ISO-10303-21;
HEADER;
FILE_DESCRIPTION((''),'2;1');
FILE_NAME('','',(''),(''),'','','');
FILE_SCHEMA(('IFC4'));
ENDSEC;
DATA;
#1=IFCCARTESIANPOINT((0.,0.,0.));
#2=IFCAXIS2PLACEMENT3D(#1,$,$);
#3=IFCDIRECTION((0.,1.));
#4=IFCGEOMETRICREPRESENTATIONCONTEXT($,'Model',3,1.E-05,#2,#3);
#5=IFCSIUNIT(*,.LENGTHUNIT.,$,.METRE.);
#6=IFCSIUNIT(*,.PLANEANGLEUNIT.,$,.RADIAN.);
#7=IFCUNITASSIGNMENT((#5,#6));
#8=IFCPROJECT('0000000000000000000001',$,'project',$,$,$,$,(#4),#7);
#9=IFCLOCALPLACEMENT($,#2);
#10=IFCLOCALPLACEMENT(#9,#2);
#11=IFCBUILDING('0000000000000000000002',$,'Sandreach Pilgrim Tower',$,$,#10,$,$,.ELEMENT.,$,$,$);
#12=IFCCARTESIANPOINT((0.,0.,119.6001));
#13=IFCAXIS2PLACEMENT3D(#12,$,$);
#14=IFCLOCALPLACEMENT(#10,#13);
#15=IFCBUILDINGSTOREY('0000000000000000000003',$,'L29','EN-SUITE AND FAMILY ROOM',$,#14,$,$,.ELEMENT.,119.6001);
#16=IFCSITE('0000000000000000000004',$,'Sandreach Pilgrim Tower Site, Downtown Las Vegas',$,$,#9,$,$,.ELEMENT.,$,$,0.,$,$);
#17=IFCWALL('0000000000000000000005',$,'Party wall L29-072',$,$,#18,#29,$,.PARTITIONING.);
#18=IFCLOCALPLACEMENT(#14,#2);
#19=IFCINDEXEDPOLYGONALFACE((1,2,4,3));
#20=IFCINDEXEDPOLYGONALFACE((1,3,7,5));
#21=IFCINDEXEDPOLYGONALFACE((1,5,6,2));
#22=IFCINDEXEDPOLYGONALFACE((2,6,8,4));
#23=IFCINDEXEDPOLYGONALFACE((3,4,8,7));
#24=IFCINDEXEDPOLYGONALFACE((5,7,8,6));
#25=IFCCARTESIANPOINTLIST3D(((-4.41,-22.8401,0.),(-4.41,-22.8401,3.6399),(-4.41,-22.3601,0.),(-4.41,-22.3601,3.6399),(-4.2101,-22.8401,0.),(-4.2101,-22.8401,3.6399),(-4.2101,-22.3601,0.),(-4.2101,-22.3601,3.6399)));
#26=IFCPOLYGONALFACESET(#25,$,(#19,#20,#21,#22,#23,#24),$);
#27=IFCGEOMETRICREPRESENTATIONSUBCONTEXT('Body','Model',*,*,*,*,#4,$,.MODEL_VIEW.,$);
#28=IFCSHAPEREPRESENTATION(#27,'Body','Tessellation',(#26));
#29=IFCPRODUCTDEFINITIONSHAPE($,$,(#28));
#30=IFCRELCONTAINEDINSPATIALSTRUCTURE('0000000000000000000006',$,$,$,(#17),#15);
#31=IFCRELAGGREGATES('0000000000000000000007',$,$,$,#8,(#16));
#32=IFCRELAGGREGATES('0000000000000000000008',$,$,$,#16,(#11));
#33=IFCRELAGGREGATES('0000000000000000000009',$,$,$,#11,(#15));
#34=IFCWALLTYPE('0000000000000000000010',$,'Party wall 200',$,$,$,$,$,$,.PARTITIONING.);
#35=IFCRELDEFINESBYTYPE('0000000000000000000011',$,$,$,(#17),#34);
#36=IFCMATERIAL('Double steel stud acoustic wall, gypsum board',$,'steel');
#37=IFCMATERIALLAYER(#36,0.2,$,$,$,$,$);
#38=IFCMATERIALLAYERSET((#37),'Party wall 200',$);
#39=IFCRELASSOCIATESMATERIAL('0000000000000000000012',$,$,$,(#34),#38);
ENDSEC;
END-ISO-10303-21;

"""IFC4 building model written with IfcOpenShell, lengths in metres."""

from ifc_helpers import new_model, si_unit, direction, frame, frame_2d, origin, place, context, subcontext, project, spatial, rectangle, extrude, material, layer, layer_set, type_object, element, save


model = new_model("IFC4")

# Units and contexts
model_context = context("Model", 3, precision=1e-05, world=origin(), true_north=direction((0.0, 1.0)))
body_context = subcontext(model_context, "Body", "Model", "MODEL_VIEW")
ifc_project = project(units=[si_unit("LENGTHUNIT", "METRE"), si_unit("PLANEANGLEUNIT", "RADIAN")], contexts=[model_context])

# Site, building, storey
site_placement = place(None, origin())
site = spatial("IfcSite", under=ifc_project, at=site_placement, Name="Sandreach Pilgrim Tower Site, Downtown Las Vegas", CompositionType="ELEMENT", RefElevation=0.0)
building_placement = place(site_placement, origin())
building = spatial("IfcBuilding", under=site, at=building_placement, Name="Sandreach Pilgrim Tower", CompositionType="ELEMENT")
storey_placement = place(building_placement, frame((0.0, 0.0, 119.6001)))
storey = spatial("IfcBuildingStorey", under=building, at=storey_placement, Name="L29", Description="EN-SUITE AND FAMILY ROOM", CompositionType="ELEMENT", Elevation=119.6001)

# Wall
ifc_material_1 = material(Name="Double steel stud acoustic wall, gypsum board", Category="steel")
ifc_layer_1 = layer(ifc_material_1, 0.2)
ifc_layer_set_1 = layer_set([ifc_layer_1], Name="Party wall 200")
wall_type_1 = type_object("IfcWallType", Name="Party wall 200", PredefinedType="PARTITIONING", material=ifc_layer_set_1)
wall_1_placement = place(storey_placement, frame((-4.3101, -22.8401, 0.0), z_axis=(0.0, 0.0, 1.0), x_axis=(0.0, 1.0, 0.0)))
element("IfcWall", 1, at=wall_1_placement, inside=storey, type_object=wall_type_1, Name="Party wall L29-072", PredefinedType="PARTITIONING", context=body_context, shape_type="SweptSolid", body=[
    extrude(rectangle(XDim=0.48, YDim=0.2, at=frame_2d((0.24, 0.0))), origin(), (0.0, 0.0, 1.0), 3.6399),
])

save(model, "model.ifc")
